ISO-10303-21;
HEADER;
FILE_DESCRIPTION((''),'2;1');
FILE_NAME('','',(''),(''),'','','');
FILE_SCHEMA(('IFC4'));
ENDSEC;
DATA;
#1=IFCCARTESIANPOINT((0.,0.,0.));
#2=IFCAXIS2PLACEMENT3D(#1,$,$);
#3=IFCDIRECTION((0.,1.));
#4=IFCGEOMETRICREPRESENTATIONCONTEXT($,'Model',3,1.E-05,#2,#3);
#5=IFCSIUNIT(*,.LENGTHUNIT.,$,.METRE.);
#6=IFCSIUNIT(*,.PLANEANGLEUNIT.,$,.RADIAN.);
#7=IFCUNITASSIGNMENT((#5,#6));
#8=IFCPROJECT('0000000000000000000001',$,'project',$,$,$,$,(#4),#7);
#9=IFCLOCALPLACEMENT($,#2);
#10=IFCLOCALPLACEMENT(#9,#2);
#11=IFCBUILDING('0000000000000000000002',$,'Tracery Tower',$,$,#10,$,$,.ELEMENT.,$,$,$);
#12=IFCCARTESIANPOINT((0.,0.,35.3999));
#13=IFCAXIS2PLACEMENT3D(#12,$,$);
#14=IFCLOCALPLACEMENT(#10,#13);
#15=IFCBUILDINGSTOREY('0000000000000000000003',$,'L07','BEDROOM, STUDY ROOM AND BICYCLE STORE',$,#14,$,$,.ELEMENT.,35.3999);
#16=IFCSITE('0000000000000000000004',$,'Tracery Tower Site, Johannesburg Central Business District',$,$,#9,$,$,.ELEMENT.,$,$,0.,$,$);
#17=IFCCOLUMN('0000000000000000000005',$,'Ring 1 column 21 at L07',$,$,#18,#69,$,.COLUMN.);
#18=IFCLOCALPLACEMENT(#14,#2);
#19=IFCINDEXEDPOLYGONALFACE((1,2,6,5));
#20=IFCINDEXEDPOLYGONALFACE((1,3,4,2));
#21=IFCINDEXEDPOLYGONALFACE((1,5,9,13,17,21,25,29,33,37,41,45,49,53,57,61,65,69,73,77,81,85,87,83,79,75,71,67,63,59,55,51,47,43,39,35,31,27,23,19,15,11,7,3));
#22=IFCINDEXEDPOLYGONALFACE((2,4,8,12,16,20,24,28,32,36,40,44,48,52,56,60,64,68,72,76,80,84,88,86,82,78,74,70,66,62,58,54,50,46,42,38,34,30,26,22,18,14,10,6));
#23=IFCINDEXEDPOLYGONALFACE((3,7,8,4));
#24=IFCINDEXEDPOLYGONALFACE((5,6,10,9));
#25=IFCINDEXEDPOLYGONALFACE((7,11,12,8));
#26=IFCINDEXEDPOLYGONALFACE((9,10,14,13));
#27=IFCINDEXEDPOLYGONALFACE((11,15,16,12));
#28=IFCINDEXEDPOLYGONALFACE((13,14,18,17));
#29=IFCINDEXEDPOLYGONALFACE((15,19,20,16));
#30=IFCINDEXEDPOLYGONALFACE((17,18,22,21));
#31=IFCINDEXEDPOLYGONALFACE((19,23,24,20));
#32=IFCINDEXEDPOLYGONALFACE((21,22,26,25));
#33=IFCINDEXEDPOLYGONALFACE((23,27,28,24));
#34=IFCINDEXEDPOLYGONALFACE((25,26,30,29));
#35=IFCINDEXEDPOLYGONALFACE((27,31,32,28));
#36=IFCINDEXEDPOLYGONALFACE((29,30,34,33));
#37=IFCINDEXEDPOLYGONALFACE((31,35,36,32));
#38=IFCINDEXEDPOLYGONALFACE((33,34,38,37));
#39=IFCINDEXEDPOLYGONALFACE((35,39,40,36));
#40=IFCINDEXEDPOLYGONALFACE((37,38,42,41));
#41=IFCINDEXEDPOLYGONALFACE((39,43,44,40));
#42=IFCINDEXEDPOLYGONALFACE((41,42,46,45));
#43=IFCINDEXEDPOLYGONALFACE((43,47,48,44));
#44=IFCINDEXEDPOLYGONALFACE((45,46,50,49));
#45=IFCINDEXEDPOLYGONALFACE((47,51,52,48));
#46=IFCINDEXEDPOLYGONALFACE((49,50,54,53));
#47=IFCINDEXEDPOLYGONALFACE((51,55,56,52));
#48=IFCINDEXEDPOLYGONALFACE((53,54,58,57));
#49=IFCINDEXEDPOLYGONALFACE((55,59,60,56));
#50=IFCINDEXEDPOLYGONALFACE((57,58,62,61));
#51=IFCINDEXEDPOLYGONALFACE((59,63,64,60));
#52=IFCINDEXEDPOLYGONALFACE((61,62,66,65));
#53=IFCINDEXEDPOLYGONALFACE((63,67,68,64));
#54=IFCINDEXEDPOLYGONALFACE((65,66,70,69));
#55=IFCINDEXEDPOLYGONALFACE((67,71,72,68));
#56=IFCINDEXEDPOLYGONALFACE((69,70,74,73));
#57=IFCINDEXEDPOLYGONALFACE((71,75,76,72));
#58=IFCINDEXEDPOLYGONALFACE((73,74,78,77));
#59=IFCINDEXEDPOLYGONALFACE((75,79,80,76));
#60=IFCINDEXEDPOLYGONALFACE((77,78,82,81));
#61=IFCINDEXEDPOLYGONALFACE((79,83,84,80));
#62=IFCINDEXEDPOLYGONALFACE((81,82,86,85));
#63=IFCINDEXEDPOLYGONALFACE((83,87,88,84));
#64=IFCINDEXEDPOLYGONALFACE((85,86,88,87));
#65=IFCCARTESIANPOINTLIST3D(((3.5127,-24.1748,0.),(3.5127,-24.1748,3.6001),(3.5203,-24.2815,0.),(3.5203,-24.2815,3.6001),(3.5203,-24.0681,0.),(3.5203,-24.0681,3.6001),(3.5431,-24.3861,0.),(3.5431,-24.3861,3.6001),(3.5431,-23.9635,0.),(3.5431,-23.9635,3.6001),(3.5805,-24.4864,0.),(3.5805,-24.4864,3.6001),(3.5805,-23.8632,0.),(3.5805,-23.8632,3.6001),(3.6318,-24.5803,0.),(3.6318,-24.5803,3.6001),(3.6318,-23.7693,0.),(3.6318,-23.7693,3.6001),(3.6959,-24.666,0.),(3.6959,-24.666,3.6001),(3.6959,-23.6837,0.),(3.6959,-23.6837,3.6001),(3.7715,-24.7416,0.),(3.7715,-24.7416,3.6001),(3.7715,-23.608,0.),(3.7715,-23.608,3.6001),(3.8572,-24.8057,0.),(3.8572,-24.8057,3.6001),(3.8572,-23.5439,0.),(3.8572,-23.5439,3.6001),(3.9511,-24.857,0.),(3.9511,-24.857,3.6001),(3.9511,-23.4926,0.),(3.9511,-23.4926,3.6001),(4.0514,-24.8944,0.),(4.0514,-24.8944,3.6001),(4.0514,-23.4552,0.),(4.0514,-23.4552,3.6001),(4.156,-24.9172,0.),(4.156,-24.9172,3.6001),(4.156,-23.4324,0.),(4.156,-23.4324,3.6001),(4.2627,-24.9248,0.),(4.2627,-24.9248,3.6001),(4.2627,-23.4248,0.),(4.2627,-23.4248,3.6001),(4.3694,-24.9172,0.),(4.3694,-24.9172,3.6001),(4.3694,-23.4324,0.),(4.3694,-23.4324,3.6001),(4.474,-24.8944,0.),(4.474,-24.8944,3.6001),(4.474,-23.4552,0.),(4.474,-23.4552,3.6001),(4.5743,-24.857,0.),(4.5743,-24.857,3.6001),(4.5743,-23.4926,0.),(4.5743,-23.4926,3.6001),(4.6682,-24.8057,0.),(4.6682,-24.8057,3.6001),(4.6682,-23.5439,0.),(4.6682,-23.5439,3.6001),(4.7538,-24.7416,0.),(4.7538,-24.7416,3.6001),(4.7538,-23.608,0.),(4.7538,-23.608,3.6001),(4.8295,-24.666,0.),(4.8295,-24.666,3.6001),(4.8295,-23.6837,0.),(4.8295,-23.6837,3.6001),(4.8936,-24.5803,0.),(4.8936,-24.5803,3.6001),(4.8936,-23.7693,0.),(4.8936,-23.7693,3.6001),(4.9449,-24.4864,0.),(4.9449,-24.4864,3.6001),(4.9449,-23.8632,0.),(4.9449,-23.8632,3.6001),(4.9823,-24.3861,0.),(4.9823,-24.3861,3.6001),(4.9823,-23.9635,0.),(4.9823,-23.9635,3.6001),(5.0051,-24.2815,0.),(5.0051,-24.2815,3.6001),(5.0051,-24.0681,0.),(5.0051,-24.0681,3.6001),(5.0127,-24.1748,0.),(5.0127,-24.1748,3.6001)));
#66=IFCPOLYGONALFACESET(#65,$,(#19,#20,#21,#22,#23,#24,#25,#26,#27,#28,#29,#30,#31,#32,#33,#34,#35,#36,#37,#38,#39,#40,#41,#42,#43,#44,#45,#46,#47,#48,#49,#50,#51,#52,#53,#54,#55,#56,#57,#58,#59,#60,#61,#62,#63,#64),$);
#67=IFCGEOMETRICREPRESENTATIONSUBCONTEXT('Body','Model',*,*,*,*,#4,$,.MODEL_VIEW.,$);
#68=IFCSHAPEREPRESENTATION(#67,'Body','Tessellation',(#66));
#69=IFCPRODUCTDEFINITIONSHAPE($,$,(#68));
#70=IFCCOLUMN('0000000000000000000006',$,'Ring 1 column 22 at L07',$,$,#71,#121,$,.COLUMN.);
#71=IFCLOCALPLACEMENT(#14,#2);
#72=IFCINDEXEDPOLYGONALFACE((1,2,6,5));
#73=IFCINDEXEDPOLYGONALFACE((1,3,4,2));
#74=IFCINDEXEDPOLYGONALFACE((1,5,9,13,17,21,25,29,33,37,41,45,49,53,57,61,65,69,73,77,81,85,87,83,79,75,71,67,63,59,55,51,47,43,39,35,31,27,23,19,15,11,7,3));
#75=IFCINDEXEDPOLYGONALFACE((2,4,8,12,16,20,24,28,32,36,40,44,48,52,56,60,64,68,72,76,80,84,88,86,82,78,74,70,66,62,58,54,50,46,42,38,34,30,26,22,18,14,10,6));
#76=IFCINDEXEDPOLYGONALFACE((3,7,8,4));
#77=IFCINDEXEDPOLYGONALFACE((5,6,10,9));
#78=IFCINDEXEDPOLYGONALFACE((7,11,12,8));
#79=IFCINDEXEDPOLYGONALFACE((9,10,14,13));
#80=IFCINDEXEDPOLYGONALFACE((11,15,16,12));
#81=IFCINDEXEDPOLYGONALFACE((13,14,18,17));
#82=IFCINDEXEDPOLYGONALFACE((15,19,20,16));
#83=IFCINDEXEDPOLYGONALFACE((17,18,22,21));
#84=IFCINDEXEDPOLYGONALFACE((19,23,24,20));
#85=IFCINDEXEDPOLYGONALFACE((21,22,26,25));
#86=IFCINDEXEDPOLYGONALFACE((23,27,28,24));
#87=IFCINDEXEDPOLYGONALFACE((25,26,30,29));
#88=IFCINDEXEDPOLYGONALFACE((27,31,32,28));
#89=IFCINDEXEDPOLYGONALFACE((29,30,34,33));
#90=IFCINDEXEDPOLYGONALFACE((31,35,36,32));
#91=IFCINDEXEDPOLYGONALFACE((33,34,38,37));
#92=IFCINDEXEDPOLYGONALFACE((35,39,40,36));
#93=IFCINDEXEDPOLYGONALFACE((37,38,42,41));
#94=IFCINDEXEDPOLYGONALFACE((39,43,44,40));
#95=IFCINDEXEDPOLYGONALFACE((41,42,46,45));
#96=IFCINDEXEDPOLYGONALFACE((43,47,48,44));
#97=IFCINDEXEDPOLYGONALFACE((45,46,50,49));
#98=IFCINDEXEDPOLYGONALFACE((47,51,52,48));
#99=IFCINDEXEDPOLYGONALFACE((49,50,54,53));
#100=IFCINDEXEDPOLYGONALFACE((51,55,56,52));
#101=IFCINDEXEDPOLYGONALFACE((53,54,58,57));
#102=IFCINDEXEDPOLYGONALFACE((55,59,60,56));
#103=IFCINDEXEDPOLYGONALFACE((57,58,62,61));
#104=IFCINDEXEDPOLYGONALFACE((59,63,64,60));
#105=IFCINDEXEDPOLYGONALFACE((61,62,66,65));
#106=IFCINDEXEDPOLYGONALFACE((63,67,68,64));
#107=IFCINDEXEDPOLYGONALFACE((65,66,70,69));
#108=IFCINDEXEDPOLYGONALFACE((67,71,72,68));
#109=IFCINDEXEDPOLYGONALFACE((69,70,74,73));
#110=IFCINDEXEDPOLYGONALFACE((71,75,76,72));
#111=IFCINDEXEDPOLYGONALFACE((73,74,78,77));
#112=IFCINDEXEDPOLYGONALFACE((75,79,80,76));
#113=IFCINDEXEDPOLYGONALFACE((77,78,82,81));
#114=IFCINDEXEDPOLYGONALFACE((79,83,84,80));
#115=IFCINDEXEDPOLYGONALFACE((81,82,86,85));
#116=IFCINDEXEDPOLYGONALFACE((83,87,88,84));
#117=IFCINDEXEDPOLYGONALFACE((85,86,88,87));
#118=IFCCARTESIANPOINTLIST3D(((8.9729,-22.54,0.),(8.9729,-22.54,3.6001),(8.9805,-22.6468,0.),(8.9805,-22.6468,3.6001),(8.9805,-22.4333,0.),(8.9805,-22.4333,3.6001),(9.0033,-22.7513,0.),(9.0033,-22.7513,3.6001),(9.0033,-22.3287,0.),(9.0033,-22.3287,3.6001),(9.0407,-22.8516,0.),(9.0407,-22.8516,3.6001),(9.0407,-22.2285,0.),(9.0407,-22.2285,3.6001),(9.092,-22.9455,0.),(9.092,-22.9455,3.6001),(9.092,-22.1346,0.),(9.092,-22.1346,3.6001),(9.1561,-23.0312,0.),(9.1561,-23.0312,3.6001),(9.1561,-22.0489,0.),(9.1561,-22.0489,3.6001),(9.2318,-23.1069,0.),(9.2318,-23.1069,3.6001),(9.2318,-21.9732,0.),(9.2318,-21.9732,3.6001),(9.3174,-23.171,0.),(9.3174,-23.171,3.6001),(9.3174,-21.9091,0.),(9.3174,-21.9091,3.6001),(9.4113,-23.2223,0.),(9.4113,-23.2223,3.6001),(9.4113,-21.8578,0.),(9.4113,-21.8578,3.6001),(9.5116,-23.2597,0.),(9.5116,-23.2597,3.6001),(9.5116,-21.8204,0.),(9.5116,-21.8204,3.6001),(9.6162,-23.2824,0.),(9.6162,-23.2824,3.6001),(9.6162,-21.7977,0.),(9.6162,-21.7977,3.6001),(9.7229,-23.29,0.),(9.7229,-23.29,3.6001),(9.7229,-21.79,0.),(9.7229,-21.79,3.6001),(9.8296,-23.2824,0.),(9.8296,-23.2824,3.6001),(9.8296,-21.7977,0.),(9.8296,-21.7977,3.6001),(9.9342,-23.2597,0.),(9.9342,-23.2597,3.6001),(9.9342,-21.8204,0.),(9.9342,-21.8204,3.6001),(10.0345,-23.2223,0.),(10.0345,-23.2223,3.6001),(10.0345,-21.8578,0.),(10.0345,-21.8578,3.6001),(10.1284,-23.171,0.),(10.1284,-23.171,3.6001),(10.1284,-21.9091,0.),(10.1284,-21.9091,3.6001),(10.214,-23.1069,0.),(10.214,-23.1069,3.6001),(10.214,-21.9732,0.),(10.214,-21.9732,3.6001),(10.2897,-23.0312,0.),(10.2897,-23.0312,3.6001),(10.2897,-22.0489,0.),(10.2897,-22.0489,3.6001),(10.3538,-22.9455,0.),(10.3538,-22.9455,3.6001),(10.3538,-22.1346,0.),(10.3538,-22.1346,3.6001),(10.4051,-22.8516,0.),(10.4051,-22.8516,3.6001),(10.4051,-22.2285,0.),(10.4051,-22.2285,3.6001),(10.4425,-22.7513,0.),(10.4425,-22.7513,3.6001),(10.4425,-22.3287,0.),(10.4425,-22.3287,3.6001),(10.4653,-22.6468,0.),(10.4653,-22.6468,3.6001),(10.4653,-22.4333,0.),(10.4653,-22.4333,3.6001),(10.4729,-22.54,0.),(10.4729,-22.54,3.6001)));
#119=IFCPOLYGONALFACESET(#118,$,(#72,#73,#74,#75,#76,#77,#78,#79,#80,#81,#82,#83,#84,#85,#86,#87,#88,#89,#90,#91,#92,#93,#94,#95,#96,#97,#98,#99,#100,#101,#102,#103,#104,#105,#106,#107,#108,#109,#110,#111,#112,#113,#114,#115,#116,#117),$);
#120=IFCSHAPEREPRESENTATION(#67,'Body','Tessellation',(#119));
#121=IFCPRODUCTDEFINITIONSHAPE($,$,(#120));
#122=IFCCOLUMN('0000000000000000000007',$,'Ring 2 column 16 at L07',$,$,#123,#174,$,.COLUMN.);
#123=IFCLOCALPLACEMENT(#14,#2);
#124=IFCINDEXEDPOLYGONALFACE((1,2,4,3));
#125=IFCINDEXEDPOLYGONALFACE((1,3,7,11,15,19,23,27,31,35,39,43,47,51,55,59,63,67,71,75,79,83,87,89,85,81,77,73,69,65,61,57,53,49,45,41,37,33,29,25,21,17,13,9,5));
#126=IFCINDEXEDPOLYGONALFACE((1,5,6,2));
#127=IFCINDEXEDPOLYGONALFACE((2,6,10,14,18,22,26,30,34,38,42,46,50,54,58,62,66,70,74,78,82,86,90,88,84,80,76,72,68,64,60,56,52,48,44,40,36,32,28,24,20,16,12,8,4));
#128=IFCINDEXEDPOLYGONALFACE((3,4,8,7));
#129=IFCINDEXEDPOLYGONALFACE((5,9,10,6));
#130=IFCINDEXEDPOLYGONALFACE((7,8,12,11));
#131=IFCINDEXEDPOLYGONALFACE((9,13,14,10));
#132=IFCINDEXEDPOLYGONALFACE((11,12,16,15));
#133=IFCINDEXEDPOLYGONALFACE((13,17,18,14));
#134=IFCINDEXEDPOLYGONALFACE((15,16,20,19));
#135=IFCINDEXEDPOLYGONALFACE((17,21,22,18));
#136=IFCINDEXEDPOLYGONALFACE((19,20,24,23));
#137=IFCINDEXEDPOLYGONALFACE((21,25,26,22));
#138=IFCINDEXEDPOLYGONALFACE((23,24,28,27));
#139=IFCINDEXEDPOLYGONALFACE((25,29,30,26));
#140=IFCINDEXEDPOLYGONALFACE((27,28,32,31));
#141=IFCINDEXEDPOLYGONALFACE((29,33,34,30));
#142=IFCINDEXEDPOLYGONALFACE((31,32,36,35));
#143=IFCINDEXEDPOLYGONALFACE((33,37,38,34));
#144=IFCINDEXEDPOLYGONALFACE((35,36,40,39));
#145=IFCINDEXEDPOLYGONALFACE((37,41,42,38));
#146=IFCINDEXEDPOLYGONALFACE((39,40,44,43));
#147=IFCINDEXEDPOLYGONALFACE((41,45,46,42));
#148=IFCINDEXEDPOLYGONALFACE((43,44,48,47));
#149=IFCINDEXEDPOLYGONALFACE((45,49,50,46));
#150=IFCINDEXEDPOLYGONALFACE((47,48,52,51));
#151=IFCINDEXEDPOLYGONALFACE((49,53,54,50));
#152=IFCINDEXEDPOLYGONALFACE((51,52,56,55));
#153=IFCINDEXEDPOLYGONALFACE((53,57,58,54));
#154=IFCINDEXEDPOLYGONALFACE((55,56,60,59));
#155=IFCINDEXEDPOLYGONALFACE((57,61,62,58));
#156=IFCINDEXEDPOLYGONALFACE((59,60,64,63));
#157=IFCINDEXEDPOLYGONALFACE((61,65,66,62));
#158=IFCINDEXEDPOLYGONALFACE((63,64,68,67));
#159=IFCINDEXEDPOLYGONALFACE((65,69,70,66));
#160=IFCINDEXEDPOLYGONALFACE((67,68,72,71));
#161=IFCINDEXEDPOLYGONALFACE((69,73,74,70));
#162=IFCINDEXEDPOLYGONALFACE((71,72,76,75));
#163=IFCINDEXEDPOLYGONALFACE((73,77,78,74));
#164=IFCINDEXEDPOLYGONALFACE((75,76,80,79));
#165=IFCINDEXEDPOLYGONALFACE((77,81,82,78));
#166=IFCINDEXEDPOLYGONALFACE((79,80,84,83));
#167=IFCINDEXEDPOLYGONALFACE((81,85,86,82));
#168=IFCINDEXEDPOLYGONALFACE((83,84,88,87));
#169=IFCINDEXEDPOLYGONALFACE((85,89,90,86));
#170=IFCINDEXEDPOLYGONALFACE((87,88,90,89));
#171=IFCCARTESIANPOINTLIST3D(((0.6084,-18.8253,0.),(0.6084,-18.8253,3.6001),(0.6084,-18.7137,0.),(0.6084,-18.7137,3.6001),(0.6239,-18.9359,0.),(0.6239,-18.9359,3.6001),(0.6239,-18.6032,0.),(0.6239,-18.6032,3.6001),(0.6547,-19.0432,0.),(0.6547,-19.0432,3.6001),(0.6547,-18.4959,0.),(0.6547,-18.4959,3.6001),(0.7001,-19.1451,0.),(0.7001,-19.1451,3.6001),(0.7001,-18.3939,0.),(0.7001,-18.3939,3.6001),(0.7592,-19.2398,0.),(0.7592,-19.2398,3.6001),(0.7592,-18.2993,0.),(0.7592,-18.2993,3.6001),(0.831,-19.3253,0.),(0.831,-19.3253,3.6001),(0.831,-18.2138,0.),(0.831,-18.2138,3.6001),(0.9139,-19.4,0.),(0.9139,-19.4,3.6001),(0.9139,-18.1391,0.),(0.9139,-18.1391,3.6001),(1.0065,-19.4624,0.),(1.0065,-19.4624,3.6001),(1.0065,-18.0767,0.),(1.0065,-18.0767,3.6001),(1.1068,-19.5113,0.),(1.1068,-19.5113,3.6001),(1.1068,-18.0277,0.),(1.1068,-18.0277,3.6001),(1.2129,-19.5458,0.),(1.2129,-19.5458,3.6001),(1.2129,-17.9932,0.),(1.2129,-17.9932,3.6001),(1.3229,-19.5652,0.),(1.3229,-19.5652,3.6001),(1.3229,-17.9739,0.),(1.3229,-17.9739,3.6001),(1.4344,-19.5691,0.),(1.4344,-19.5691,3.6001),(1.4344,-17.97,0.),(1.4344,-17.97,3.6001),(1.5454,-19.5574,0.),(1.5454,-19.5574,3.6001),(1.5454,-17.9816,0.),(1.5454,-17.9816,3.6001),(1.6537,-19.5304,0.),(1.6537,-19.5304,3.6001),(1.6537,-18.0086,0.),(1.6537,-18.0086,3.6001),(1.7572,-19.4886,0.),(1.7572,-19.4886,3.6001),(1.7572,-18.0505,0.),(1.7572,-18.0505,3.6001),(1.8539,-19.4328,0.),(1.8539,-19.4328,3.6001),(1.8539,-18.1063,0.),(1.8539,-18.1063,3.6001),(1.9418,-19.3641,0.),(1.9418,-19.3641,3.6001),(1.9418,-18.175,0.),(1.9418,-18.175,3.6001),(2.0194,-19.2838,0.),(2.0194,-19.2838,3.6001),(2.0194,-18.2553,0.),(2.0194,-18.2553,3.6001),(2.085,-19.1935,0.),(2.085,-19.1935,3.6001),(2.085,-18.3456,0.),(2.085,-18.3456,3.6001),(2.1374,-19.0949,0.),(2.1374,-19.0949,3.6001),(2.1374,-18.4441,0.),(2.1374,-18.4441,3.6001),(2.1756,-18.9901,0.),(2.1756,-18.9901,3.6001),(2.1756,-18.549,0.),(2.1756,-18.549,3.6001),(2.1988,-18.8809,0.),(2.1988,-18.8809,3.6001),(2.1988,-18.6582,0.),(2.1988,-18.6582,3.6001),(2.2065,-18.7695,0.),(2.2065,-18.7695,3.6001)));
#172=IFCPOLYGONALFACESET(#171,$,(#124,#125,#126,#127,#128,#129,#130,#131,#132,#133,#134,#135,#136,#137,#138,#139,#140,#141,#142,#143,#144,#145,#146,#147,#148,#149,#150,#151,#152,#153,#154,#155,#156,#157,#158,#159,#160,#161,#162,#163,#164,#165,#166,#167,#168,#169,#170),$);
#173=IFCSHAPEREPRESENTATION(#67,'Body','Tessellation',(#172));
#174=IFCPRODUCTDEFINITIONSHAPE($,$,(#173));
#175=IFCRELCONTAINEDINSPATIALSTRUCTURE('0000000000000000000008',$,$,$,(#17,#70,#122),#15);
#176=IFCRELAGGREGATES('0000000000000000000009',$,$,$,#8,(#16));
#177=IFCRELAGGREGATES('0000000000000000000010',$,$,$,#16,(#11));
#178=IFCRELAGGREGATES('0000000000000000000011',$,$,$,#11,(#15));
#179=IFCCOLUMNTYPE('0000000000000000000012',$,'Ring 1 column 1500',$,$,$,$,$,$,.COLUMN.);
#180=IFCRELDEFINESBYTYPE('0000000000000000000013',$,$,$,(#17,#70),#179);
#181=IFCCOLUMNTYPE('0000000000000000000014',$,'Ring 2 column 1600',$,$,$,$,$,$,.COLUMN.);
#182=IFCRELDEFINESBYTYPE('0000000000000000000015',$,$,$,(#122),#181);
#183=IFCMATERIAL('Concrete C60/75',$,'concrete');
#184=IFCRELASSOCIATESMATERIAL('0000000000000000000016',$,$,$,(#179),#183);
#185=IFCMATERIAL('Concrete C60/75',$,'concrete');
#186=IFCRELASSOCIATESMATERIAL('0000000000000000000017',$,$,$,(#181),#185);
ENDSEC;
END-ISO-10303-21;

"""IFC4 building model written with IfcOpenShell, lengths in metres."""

from ifc_helpers import new_model, si_unit, direction, frame, origin, origin_2d, place, context, subcontext, project, spatial, circle, extrude, material, material_profile, profile_set, type_object, element, save


model = new_model("IFC4")

# Units and contexts
model_context = context("Model", 3, precision=1e-05, world=origin(), true_north=direction((0.0, 1.0)))
body_context = subcontext(model_context, "Body", "Model", "MODEL_VIEW")
ifc_project = project(units=[si_unit("LENGTHUNIT", "METRE"), si_unit("PLANEANGLEUNIT", "RADIAN")], contexts=[model_context])

# Site, building, storey
site_placement = place(None, origin())
site = spatial("IfcSite", under=ifc_project, at=site_placement, Name="Tracery Tower Site, Johannesburg Central Business District", CompositionType="ELEMENT", RefElevation=0.0)
building_placement = place(site_placement, origin())
building = spatial("IfcBuilding", under=site, at=building_placement, Name="Tracery Tower", CompositionType="ELEMENT")
storey_placement = place(building_placement, frame((0.0, 0.0, 35.3999)))
storey = spatial("IfcBuildingStorey", under=building, at=storey_placement, Name="L07", Description="BEDROOM, STUDY ROOM AND BICYCLE STORE", CompositionType="ELEMENT", Elevation=35.3999)

# Columns
ifc_material_1 = material(Name="Concrete C60/75", Category="concrete")
ifc_material_profile_1 = material_profile(ifc_material_1, circle(Radius=0.75, at=origin_2d()), Name="RC D1500")
ifc_profile_set_1 = profile_set([ifc_material_profile_1], Name="Concrete C60/75")
column_type_1 = type_object("IfcColumnType", Name="Ring 1 column 1500", PredefinedType="COLUMN", material=ifc_profile_set_1)
for number, where, z_axis, x_axis, name in (
    (1, (4.2627, -24.1748, 0.0), (0.0, 0.0, 1.0), (1.0, 0.0, 0.0), "Ring 1 column 21 at L07"),
    (2, (9.7229, -22.54, 0.0), (0.0, 0.0, 1.0), (1.0, 0.0, 0.0), "Ring 1 column 22 at L07"),
):
    element("IfcColumn", number, at=place(storey_placement, frame(where, z_axis=z_axis, x_axis=x_axis)), inside=storey, type_object=column_type_1, Name=name, PredefinedType="COLUMN", context=body_context, shape_type="SweptSolid", body=[
        extrude(circle(Radius=0.75, at=origin_2d()), origin(), (0.0, 0.0, 1.0), 3.6001),
    ])
ifc_material_2 = material(Name="Concrete C60/75", Category="concrete")
ifc_material_profile_2 = material_profile(ifc_material_2, circle(Radius=0.8, at=origin_2d()), Name="RC D1600")
ifc_profile_set_2 = profile_set([ifc_material_profile_2], Name="Concrete C60/75")
column_type_2 = type_object("IfcColumnType", Name="Ring 2 column 1600", PredefinedType="COLUMN", material=ifc_profile_set_2)
for number, where, z_axis, x_axis, name in (
    (3, (1.4065, -18.7695, 0.0), (0.0, 0.0, 1.0), (1.0, 0.0, 0.0), "Ring 2 column 16 at L07"),
):
    element("IfcColumn", number, at=place(storey_placement, frame(where, z_axis=z_axis, x_axis=x_axis)), inside=storey, type_object=column_type_2, Name=name, PredefinedType="COLUMN", context=body_context, shape_type="SweptSolid", body=[
        extrude(circle(Radius=0.8, at=origin_2d()), origin(), (0.0, 0.0, 1.0), 3.6001),
    ])

save(model, "model.ifc")
